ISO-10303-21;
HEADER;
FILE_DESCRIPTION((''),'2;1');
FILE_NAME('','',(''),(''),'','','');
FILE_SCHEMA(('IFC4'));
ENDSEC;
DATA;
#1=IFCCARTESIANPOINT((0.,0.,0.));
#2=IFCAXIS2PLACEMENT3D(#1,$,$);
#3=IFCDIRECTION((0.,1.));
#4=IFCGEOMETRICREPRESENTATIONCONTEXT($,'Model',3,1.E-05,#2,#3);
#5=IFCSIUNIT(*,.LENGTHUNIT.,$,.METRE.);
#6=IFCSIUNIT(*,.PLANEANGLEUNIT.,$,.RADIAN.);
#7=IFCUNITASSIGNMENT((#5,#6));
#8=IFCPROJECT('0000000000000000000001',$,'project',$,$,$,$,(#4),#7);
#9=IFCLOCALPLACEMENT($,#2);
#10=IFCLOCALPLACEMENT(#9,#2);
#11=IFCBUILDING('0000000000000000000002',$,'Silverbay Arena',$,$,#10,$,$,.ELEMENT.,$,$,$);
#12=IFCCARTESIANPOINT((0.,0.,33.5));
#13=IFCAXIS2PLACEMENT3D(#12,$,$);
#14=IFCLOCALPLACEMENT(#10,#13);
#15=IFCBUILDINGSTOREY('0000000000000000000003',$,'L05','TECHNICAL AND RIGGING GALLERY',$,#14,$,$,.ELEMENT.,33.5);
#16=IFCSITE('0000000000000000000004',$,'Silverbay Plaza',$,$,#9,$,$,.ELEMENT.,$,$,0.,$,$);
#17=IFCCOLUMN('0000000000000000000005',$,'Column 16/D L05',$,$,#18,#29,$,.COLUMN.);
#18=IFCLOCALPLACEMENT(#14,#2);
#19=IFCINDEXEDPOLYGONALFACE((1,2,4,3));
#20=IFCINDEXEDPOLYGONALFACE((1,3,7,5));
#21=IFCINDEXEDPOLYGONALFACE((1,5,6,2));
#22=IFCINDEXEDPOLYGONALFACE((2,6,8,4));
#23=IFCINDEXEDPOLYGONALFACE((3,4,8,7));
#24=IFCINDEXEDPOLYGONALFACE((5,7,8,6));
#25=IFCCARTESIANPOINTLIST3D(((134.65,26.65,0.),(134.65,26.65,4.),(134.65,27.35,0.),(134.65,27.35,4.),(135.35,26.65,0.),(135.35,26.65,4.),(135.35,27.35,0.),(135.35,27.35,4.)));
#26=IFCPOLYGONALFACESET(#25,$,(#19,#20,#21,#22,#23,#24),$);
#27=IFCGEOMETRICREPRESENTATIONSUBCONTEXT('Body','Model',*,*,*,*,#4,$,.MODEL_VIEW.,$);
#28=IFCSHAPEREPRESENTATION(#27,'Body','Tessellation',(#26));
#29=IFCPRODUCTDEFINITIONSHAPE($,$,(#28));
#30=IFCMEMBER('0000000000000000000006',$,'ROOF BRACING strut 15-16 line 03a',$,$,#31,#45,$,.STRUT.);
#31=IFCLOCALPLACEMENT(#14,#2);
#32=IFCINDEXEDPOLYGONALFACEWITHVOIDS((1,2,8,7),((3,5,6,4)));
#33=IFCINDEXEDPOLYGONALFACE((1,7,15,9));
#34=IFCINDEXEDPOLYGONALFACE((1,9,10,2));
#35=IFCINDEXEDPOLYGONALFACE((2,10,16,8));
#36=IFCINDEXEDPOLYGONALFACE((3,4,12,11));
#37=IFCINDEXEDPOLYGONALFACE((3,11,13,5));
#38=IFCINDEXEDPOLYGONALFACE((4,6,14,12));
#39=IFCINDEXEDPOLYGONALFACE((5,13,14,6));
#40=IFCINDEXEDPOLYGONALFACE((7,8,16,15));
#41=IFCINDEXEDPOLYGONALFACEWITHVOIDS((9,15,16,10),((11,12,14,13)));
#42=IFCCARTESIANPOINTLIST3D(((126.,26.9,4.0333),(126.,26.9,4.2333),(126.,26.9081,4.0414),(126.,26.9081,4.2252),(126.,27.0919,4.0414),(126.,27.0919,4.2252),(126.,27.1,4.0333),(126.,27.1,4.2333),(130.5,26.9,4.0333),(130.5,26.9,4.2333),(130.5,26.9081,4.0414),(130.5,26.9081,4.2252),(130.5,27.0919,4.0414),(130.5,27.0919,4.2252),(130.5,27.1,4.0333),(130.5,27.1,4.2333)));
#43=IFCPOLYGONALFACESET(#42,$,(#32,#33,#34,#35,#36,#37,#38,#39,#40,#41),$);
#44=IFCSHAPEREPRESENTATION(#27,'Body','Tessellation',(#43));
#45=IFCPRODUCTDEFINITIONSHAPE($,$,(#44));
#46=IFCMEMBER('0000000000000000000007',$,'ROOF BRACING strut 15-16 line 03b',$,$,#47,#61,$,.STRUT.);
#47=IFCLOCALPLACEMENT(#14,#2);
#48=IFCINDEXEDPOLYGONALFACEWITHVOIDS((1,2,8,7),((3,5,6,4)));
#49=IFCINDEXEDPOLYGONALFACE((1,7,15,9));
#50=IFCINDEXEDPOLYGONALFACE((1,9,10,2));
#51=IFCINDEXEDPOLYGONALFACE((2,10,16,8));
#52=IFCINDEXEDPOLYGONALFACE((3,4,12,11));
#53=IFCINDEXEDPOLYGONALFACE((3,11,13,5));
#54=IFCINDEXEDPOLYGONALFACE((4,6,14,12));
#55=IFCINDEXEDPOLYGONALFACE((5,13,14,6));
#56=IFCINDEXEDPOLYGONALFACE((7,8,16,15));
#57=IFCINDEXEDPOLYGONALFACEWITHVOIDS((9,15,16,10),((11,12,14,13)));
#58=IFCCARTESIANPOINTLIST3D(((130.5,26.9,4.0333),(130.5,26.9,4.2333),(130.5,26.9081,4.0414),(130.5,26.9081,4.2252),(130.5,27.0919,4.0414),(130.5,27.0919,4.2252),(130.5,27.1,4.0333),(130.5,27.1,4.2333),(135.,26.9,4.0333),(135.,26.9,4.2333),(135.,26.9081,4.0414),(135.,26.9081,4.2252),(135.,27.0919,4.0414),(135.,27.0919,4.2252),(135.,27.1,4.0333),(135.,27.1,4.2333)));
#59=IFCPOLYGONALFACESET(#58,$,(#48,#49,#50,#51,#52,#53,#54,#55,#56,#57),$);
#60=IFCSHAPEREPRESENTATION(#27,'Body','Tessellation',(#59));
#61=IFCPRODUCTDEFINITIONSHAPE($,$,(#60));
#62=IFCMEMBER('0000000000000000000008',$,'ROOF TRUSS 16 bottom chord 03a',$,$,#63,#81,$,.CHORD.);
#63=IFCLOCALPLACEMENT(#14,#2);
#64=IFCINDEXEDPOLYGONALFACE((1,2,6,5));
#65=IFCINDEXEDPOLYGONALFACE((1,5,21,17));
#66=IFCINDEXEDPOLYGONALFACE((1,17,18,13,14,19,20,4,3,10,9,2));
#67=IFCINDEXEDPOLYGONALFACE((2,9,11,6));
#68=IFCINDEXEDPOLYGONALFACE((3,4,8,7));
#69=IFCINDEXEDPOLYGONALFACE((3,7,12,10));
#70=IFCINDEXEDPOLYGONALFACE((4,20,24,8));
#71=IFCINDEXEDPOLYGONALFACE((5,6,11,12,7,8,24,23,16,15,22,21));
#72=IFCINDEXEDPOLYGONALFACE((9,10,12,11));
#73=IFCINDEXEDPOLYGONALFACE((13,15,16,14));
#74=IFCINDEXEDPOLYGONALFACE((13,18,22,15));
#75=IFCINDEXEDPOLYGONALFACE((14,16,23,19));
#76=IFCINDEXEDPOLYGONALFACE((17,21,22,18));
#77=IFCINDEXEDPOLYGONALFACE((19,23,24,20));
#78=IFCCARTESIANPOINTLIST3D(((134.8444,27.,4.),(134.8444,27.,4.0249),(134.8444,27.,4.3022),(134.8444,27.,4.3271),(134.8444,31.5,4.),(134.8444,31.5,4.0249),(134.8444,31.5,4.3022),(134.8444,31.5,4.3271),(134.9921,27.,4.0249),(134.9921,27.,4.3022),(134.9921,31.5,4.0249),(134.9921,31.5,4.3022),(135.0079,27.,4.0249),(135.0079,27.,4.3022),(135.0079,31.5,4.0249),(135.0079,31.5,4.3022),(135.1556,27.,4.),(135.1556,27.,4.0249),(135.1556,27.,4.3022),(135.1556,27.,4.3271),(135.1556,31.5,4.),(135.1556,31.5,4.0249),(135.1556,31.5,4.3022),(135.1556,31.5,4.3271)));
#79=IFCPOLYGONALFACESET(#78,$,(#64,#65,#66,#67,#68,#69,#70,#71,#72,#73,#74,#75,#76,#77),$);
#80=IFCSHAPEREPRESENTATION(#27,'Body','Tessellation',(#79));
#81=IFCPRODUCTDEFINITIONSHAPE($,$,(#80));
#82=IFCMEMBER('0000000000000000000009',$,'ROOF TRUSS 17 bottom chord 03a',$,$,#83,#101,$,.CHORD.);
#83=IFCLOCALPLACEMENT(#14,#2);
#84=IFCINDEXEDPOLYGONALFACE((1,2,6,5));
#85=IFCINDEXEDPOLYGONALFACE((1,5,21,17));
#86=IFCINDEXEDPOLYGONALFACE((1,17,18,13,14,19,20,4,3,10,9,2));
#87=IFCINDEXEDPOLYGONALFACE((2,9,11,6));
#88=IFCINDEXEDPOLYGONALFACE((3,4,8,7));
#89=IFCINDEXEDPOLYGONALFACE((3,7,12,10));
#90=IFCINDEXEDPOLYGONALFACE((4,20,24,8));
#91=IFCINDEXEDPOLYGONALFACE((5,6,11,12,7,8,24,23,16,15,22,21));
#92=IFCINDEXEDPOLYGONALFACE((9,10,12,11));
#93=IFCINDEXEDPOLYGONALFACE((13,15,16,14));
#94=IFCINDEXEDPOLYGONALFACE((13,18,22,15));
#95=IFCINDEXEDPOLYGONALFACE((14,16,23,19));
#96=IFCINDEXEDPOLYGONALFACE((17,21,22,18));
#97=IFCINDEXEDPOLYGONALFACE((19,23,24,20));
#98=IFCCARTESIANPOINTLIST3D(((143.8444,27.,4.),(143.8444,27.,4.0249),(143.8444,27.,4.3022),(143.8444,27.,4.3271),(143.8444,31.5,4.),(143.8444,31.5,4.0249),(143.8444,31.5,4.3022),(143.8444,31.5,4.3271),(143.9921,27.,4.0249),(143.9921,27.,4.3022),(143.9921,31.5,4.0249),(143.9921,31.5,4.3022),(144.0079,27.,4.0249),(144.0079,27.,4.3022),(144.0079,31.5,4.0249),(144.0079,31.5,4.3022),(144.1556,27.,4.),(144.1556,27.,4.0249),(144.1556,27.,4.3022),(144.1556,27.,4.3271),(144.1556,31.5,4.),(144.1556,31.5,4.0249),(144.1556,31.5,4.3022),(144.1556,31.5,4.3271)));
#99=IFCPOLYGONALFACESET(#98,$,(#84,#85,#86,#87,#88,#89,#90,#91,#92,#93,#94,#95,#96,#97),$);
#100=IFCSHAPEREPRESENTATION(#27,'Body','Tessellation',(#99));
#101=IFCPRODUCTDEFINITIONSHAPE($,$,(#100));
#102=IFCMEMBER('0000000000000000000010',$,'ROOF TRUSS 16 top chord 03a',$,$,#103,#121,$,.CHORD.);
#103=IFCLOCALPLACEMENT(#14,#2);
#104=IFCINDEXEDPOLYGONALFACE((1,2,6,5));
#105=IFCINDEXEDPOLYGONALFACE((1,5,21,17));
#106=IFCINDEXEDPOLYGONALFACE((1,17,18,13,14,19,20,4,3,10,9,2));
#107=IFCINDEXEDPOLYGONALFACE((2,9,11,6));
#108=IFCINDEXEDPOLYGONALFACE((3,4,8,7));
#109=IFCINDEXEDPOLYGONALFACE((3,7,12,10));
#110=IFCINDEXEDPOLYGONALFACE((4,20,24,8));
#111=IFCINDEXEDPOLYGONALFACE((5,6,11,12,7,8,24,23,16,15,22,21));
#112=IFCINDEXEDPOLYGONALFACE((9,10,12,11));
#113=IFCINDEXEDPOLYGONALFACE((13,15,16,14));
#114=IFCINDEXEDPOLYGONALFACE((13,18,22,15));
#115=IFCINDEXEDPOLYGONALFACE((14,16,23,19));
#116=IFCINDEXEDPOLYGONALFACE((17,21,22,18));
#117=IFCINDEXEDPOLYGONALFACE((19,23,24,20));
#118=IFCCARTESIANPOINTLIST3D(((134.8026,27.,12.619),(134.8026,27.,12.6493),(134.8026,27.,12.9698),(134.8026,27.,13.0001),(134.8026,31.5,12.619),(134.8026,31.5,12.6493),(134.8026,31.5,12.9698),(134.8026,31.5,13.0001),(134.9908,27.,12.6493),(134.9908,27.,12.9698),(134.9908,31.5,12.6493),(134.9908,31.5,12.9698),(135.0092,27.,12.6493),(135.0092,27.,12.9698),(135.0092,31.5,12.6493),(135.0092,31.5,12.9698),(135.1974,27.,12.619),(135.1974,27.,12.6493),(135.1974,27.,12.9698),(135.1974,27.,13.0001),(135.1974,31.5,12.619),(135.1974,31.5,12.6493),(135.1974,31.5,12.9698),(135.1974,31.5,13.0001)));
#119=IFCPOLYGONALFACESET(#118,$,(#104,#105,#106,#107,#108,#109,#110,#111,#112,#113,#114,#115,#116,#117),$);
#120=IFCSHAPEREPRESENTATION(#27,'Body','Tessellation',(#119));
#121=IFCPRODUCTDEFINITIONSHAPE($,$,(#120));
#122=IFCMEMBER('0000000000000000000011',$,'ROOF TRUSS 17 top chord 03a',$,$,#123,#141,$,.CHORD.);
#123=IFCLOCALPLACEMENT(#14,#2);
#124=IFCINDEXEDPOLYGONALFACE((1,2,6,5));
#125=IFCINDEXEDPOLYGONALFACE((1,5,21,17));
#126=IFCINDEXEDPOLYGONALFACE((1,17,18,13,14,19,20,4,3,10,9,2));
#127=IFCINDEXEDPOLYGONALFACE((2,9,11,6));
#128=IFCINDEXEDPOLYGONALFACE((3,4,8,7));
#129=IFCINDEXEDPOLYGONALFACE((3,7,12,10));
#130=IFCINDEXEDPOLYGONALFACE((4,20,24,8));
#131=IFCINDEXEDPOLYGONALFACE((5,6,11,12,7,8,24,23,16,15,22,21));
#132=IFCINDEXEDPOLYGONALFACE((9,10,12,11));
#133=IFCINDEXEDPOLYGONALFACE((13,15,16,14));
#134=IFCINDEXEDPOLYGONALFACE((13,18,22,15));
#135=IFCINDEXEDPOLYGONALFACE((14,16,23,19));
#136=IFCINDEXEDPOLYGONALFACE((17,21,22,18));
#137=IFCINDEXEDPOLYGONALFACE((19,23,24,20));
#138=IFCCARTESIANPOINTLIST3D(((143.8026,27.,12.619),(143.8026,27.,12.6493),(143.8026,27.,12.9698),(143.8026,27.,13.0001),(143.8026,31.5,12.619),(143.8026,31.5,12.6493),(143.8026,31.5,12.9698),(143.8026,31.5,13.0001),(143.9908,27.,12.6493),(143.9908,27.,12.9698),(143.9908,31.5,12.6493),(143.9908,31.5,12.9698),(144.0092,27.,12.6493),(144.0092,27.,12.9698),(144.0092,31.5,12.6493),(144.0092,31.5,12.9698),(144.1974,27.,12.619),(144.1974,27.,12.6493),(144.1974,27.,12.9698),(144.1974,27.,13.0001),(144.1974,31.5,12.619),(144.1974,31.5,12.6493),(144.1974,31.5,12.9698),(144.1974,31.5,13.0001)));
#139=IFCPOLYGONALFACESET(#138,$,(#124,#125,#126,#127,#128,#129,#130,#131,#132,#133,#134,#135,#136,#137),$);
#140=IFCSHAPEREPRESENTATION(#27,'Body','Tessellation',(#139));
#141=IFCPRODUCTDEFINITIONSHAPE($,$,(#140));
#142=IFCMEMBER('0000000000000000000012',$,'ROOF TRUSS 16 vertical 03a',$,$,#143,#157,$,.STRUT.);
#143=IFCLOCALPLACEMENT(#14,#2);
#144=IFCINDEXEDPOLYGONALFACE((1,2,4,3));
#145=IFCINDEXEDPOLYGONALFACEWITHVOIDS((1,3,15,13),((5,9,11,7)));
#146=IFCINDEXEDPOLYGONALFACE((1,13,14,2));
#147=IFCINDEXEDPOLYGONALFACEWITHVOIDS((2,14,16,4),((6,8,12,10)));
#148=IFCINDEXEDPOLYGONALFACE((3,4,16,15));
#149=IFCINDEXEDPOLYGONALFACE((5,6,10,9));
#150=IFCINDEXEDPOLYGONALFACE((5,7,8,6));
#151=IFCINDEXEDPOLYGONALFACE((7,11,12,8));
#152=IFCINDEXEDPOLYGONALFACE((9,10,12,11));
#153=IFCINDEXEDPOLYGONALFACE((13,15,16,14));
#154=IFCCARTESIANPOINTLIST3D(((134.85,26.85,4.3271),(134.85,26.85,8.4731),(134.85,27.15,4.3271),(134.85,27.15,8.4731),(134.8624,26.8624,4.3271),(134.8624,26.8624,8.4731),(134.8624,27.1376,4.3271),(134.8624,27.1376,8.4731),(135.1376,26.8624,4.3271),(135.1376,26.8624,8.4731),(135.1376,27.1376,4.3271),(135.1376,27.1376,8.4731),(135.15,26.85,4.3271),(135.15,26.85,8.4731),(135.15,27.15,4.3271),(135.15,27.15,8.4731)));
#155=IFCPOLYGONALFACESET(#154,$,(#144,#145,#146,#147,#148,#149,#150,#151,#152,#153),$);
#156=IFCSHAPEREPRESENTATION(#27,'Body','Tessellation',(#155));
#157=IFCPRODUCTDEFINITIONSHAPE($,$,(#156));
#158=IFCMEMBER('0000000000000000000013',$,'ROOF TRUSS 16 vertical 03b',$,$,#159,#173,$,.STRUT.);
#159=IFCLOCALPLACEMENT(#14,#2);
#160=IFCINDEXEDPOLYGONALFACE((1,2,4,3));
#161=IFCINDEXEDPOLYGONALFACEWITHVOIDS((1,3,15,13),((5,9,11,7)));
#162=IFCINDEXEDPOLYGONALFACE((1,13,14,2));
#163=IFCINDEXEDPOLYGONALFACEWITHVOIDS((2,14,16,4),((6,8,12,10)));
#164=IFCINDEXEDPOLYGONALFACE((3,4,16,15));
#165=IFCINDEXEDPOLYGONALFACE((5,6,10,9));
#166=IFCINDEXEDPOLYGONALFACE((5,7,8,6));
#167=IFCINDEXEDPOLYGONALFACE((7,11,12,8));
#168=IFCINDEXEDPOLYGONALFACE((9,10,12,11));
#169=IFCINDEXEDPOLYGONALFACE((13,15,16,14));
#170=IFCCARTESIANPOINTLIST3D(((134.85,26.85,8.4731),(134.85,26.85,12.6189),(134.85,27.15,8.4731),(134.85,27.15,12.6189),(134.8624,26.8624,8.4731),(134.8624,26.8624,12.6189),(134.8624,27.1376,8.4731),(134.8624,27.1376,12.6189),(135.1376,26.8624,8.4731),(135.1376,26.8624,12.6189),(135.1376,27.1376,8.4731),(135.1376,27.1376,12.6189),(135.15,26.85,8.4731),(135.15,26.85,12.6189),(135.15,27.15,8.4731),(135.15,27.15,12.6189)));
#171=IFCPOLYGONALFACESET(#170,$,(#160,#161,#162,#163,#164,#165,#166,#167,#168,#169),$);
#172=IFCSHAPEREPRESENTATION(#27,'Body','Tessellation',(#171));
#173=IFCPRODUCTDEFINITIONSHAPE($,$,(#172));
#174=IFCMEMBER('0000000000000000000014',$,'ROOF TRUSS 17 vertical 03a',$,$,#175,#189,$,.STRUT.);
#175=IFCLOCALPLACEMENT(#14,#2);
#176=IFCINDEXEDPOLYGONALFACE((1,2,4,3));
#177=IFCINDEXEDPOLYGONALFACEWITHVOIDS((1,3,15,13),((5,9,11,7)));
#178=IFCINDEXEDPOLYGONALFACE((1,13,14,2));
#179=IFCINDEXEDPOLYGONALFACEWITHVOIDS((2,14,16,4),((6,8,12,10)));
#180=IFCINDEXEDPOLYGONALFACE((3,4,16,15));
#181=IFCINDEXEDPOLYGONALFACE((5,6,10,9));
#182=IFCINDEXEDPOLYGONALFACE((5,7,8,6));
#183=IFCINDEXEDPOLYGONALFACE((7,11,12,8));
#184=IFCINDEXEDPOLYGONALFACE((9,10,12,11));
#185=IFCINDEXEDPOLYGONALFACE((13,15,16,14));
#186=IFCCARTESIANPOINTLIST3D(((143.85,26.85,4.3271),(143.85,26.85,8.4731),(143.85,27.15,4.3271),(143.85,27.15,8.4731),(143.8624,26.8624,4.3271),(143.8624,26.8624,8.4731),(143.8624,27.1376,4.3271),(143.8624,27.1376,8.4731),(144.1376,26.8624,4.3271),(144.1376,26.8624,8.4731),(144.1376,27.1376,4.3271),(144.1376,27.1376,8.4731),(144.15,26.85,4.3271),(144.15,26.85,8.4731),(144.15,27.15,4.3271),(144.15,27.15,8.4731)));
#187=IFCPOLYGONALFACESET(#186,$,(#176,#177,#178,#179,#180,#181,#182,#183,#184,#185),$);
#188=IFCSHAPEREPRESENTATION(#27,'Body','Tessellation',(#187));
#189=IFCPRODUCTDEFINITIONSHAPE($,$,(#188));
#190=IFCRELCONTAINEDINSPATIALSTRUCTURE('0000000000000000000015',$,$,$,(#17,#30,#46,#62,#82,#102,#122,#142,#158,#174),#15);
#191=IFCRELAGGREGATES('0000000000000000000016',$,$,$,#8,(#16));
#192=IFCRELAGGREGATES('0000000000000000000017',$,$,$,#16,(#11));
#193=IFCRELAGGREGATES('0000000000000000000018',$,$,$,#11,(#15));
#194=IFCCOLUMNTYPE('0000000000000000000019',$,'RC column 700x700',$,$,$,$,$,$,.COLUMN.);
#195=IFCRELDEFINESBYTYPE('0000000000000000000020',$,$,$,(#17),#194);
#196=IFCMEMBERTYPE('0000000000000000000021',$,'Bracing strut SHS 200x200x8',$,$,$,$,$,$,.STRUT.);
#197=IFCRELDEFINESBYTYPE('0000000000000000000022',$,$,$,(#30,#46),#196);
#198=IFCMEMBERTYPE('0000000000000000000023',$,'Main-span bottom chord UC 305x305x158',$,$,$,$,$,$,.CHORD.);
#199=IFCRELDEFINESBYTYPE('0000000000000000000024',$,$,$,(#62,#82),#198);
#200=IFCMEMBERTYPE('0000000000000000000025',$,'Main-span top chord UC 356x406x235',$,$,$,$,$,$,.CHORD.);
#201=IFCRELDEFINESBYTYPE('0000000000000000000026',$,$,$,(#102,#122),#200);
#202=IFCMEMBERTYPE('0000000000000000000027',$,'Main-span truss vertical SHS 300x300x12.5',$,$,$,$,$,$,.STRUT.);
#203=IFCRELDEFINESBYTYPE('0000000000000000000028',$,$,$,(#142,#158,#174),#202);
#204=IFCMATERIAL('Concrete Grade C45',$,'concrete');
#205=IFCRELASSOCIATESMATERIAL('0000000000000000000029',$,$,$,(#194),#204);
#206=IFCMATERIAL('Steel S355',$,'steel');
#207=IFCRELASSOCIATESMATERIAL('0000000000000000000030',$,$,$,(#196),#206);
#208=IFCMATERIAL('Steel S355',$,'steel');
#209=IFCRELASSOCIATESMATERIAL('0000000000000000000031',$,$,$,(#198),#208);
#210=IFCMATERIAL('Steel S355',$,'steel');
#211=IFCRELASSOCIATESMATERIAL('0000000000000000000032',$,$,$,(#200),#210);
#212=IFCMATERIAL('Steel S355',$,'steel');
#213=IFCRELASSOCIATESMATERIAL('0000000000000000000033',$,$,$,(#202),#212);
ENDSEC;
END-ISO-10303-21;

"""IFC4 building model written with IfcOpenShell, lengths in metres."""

from ifc_helpers import new_model, si_unit, direction, frame, origin, origin_2d, place, context, subcontext, project, spatial, rectangle, hollow_rectangle, i_section, extrude, material, material_profile, profile_set, type_object, element, save


model = new_model("IFC4")

# Units and contexts
model_context = context("Model", 3, precision=1e-05, world=origin(), true_north=direction((0.0, 1.0)))
body_context = subcontext(model_context, "Body", "Model", "MODEL_VIEW")
ifc_project = project(units=[si_unit("LENGTHUNIT", "METRE"), si_unit("PLANEANGLEUNIT", "RADIAN")], contexts=[model_context])

# Site, building, storey
site_placement = place(None, origin())
site = spatial("IfcSite", under=ifc_project, at=site_placement, Name="Silverbay Plaza", CompositionType="ELEMENT", RefElevation=0.0)
building_placement = place(site_placement, origin())
building = spatial("IfcBuilding", under=site, at=building_placement, Name="Silverbay Arena", CompositionType="ELEMENT")
storey_placement = place(building_placement, frame((0.0, 0.0, 33.5)))
storey = spatial("IfcBuildingStorey", under=building, at=storey_placement, Name="L05", Description="TECHNICAL AND RIGGING GALLERY", CompositionType="ELEMENT", Elevation=33.5)

# Column
ifc_material_1 = material(Name="Concrete Grade C45", Category="concrete")
ifc_material_profile_1 = material_profile(ifc_material_1, rectangle(XDim=0.7, YDim=0.7, at=origin_2d()), Name="RC 700x700")
ifc_profile_set_1 = profile_set([ifc_material_profile_1], Name="Concrete Grade C45")
column_type = type_object("IfcColumnType", Name="RC column 700x700", PredefinedType="COLUMN", material=ifc_profile_set_1)
column_placement = place(storey_placement, frame((135.0, 27.0, 0.0), z_axis=(0.0, 0.0, 1.0), x_axis=(1.0, 0.0, 0.0)))
element("IfcColumn", 1, at=column_placement, inside=storey, type_object=column_type, Name="Column 16/D L05", PredefinedType="COLUMN", context=body_context, shape_type="SweptSolid", body=[
    extrude(rectangle(XDim=0.7, YDim=0.7, at=origin_2d()), origin(), (0.0, 0.0, 1.0), 4.0),
])

# Members
ifc_material_2 = material(Name="Steel S355", Category="steel")
ifc_material_profile_2 = material_profile(ifc_material_2, hollow_rectangle(XDim=0.2, YDim=0.2, WallThickness=0.0081, at=origin_2d()), Name="SHS 200x200x8")
ifc_profile_set_2 = profile_set([ifc_material_profile_2], Name="Steel S355")
member_type_1 = type_object("IfcMemberType", Name="Bracing strut SHS 200x200x8", PredefinedType="STRUT", material=ifc_profile_set_2)
for number, where, z_axis, x_axis, name in (
    (2, (126.0, 27.0, 4.1333), (1.0, 0.0, 0.0), (0.0, 1.0, 0.0), "ROOF BRACING strut 15-16 line 03a"),
    (3, (130.5, 27.0, 4.1333), (1.0, 0.0, 0.0), (0.0, 1.0, 0.0), "ROOF BRACING strut 15-16 line 03b"),
):
    element("IfcMember", number, at=place(storey_placement, frame(where, z_axis=z_axis, x_axis=x_axis)), inside=storey, type_object=member_type_1, Name=name, PredefinedType="STRUT", context=body_context, shape_type="SweptSolid", body=[
        extrude(hollow_rectangle(XDim=0.2, YDim=0.2, WallThickness=0.0081, at=origin_2d()), origin(), (0.0, 0.0, 1.0), 4.5),
    ])
ifc_material_3 = material(Name="Steel S355", Category="steel")
ifc_material_profile_3 = material_profile(ifc_material_3, i_section(OverallWidth=0.3113, OverallDepth=0.3271, WebThickness=0.0159, FlangeThickness=0.0249, at=origin_2d()), Name="UC 305x305x158")
ifc_profile_set_3 = profile_set([ifc_material_profile_3], Name="Steel S355")
member_type_2 = type_object("IfcMemberType", Name="Main-span bottom chord UC 305x305x158", PredefinedType="CHORD", material=ifc_profile_set_3)
for number, where, z_axis, x_axis, name in (
    (4, (135.0, 27.0, 4.1636), (0.0, 1.0, 0.0), (-1.0, 0.0, 0.0), "ROOF TRUSS 16 bottom chord 03a"),
    (5, (144.0, 27.0, 4.1636), (0.0, 1.0, 0.0), (-1.0, 0.0, 0.0), "ROOF TRUSS 17 bottom chord 03a"),
):
    element("IfcMember", number, at=place(storey_placement, frame(where, z_axis=z_axis, x_axis=x_axis)), inside=storey, type_object=member_type_2, Name=name, PredefinedType="CHORD", context=body_context, shape_type="SweptSolid", body=[
        extrude(i_section(OverallWidth=0.3113, OverallDepth=0.3271, WebThickness=0.0159, FlangeThickness=0.0249, at=origin_2d()), origin(), (0.0, 0.0, 1.0), 4.5),
    ])
ifc_material_4 = material(Name="Steel S355", Category="steel")
ifc_material_profile_4 = material_profile(ifc_material_4, i_section(OverallWidth=0.3948, OverallDepth=0.3811, WebThickness=0.0183, FlangeThickness=0.0303, at=origin_2d()), Name="UC 356x406x235")
ifc_profile_set_4 = profile_set([ifc_material_profile_4], Name="Steel S355")
member_type_3 = type_object("IfcMemberType", Name="Main-span top chord UC 356x406x235", PredefinedType="CHORD", material=ifc_profile_set_4)
for number, where, z_axis, x_axis, name in (
    (6, (135.0, 27.0, 12.8096), (0.0, 1.0, 0.0), (-1.0, 0.0, 0.0), "ROOF TRUSS 16 top chord 03a"),
    (7, (144.0, 27.0, 12.8096), (0.0, 1.0, 0.0), (-1.0, 0.0, 0.0), "ROOF TRUSS 17 top chord 03a"),
):
    element("IfcMember", number, at=place(storey_placement, frame(where, z_axis=z_axis, x_axis=x_axis)), inside=storey, type_object=member_type_3, Name=name, PredefinedType="CHORD", context=body_context, shape_type="SweptSolid", body=[
        extrude(i_section(OverallWidth=0.3948, OverallDepth=0.3811, WebThickness=0.0183, FlangeThickness=0.0303, at=origin_2d()), origin(), (0.0, 0.0, 1.0), 4.5),
    ])
ifc_material_5 = material(Name="Steel S355", Category="steel")
ifc_material_profile_5 = material_profile(ifc_material_5, hollow_rectangle(XDim=0.3, YDim=0.3, WallThickness=0.0125, at=origin_2d()), Name="SHS 300x300x12.5")
ifc_profile_set_5 = profile_set([ifc_material_profile_5], Name="Steel S355")
member_type_4 = type_object("IfcMemberType", Name="Main-span truss vertical SHS 300x300x12.5", PredefinedType="STRUT", material=ifc_profile_set_5)
member_1_placement = place(storey_placement, frame((135.0, 27.0, 4.3271), z_axis=(0.0, 0.0, 1.0), x_axis=(1.0, 0.0, 0.0)))
element("IfcMember", 8, at=member_1_placement, inside=storey, type_object=member_type_4, Name="ROOF TRUSS 16 vertical 03a", PredefinedType="STRUT", context=body_context, shape_type="SweptSolid", body=[
    extrude(hollow_rectangle(XDim=0.3, YDim=0.3, WallThickness=0.0125, at=origin_2d()), origin(), (0.0, 0.0, 1.0), 4.146),
])
member_2_placement = place(storey_placement, frame((135.0, 27.0, 8.4731), z_axis=(0.0, 0.0, 1.0), x_axis=(1.0, 0.0, 0.0)))
element("IfcMember", 9, at=member_2_placement, inside=storey, type_object=member_type_4, Name="ROOF TRUSS 16 vertical 03b", PredefinedType="STRUT", context=body_context, shape_type="SweptSolid", body=[
    extrude(hollow_rectangle(XDim=0.3, YDim=0.3, WallThickness=0.0125, at=origin_2d()), origin(), (0.0, 0.0, 1.0), 4.1458),
])
member_3_placement = place(storey_placement, frame((144.0, 27.0, 4.3271), z_axis=(0.0, 0.0, 1.0), x_axis=(1.0, 0.0, 0.0)))
element("IfcMember", 10, at=member_3_placement, inside=storey, type_object=member_type_4, Name="ROOF TRUSS 17 vertical 03a", PredefinedType="STRUT", context=body_context, shape_type="SweptSolid", body=[
    extrude(hollow_rectangle(XDim=0.3, YDim=0.3, WallThickness=0.0125, at=origin_2d()), origin(), (0.0, 0.0, 1.0), 4.146),
])

save(model, "model.ifc")
